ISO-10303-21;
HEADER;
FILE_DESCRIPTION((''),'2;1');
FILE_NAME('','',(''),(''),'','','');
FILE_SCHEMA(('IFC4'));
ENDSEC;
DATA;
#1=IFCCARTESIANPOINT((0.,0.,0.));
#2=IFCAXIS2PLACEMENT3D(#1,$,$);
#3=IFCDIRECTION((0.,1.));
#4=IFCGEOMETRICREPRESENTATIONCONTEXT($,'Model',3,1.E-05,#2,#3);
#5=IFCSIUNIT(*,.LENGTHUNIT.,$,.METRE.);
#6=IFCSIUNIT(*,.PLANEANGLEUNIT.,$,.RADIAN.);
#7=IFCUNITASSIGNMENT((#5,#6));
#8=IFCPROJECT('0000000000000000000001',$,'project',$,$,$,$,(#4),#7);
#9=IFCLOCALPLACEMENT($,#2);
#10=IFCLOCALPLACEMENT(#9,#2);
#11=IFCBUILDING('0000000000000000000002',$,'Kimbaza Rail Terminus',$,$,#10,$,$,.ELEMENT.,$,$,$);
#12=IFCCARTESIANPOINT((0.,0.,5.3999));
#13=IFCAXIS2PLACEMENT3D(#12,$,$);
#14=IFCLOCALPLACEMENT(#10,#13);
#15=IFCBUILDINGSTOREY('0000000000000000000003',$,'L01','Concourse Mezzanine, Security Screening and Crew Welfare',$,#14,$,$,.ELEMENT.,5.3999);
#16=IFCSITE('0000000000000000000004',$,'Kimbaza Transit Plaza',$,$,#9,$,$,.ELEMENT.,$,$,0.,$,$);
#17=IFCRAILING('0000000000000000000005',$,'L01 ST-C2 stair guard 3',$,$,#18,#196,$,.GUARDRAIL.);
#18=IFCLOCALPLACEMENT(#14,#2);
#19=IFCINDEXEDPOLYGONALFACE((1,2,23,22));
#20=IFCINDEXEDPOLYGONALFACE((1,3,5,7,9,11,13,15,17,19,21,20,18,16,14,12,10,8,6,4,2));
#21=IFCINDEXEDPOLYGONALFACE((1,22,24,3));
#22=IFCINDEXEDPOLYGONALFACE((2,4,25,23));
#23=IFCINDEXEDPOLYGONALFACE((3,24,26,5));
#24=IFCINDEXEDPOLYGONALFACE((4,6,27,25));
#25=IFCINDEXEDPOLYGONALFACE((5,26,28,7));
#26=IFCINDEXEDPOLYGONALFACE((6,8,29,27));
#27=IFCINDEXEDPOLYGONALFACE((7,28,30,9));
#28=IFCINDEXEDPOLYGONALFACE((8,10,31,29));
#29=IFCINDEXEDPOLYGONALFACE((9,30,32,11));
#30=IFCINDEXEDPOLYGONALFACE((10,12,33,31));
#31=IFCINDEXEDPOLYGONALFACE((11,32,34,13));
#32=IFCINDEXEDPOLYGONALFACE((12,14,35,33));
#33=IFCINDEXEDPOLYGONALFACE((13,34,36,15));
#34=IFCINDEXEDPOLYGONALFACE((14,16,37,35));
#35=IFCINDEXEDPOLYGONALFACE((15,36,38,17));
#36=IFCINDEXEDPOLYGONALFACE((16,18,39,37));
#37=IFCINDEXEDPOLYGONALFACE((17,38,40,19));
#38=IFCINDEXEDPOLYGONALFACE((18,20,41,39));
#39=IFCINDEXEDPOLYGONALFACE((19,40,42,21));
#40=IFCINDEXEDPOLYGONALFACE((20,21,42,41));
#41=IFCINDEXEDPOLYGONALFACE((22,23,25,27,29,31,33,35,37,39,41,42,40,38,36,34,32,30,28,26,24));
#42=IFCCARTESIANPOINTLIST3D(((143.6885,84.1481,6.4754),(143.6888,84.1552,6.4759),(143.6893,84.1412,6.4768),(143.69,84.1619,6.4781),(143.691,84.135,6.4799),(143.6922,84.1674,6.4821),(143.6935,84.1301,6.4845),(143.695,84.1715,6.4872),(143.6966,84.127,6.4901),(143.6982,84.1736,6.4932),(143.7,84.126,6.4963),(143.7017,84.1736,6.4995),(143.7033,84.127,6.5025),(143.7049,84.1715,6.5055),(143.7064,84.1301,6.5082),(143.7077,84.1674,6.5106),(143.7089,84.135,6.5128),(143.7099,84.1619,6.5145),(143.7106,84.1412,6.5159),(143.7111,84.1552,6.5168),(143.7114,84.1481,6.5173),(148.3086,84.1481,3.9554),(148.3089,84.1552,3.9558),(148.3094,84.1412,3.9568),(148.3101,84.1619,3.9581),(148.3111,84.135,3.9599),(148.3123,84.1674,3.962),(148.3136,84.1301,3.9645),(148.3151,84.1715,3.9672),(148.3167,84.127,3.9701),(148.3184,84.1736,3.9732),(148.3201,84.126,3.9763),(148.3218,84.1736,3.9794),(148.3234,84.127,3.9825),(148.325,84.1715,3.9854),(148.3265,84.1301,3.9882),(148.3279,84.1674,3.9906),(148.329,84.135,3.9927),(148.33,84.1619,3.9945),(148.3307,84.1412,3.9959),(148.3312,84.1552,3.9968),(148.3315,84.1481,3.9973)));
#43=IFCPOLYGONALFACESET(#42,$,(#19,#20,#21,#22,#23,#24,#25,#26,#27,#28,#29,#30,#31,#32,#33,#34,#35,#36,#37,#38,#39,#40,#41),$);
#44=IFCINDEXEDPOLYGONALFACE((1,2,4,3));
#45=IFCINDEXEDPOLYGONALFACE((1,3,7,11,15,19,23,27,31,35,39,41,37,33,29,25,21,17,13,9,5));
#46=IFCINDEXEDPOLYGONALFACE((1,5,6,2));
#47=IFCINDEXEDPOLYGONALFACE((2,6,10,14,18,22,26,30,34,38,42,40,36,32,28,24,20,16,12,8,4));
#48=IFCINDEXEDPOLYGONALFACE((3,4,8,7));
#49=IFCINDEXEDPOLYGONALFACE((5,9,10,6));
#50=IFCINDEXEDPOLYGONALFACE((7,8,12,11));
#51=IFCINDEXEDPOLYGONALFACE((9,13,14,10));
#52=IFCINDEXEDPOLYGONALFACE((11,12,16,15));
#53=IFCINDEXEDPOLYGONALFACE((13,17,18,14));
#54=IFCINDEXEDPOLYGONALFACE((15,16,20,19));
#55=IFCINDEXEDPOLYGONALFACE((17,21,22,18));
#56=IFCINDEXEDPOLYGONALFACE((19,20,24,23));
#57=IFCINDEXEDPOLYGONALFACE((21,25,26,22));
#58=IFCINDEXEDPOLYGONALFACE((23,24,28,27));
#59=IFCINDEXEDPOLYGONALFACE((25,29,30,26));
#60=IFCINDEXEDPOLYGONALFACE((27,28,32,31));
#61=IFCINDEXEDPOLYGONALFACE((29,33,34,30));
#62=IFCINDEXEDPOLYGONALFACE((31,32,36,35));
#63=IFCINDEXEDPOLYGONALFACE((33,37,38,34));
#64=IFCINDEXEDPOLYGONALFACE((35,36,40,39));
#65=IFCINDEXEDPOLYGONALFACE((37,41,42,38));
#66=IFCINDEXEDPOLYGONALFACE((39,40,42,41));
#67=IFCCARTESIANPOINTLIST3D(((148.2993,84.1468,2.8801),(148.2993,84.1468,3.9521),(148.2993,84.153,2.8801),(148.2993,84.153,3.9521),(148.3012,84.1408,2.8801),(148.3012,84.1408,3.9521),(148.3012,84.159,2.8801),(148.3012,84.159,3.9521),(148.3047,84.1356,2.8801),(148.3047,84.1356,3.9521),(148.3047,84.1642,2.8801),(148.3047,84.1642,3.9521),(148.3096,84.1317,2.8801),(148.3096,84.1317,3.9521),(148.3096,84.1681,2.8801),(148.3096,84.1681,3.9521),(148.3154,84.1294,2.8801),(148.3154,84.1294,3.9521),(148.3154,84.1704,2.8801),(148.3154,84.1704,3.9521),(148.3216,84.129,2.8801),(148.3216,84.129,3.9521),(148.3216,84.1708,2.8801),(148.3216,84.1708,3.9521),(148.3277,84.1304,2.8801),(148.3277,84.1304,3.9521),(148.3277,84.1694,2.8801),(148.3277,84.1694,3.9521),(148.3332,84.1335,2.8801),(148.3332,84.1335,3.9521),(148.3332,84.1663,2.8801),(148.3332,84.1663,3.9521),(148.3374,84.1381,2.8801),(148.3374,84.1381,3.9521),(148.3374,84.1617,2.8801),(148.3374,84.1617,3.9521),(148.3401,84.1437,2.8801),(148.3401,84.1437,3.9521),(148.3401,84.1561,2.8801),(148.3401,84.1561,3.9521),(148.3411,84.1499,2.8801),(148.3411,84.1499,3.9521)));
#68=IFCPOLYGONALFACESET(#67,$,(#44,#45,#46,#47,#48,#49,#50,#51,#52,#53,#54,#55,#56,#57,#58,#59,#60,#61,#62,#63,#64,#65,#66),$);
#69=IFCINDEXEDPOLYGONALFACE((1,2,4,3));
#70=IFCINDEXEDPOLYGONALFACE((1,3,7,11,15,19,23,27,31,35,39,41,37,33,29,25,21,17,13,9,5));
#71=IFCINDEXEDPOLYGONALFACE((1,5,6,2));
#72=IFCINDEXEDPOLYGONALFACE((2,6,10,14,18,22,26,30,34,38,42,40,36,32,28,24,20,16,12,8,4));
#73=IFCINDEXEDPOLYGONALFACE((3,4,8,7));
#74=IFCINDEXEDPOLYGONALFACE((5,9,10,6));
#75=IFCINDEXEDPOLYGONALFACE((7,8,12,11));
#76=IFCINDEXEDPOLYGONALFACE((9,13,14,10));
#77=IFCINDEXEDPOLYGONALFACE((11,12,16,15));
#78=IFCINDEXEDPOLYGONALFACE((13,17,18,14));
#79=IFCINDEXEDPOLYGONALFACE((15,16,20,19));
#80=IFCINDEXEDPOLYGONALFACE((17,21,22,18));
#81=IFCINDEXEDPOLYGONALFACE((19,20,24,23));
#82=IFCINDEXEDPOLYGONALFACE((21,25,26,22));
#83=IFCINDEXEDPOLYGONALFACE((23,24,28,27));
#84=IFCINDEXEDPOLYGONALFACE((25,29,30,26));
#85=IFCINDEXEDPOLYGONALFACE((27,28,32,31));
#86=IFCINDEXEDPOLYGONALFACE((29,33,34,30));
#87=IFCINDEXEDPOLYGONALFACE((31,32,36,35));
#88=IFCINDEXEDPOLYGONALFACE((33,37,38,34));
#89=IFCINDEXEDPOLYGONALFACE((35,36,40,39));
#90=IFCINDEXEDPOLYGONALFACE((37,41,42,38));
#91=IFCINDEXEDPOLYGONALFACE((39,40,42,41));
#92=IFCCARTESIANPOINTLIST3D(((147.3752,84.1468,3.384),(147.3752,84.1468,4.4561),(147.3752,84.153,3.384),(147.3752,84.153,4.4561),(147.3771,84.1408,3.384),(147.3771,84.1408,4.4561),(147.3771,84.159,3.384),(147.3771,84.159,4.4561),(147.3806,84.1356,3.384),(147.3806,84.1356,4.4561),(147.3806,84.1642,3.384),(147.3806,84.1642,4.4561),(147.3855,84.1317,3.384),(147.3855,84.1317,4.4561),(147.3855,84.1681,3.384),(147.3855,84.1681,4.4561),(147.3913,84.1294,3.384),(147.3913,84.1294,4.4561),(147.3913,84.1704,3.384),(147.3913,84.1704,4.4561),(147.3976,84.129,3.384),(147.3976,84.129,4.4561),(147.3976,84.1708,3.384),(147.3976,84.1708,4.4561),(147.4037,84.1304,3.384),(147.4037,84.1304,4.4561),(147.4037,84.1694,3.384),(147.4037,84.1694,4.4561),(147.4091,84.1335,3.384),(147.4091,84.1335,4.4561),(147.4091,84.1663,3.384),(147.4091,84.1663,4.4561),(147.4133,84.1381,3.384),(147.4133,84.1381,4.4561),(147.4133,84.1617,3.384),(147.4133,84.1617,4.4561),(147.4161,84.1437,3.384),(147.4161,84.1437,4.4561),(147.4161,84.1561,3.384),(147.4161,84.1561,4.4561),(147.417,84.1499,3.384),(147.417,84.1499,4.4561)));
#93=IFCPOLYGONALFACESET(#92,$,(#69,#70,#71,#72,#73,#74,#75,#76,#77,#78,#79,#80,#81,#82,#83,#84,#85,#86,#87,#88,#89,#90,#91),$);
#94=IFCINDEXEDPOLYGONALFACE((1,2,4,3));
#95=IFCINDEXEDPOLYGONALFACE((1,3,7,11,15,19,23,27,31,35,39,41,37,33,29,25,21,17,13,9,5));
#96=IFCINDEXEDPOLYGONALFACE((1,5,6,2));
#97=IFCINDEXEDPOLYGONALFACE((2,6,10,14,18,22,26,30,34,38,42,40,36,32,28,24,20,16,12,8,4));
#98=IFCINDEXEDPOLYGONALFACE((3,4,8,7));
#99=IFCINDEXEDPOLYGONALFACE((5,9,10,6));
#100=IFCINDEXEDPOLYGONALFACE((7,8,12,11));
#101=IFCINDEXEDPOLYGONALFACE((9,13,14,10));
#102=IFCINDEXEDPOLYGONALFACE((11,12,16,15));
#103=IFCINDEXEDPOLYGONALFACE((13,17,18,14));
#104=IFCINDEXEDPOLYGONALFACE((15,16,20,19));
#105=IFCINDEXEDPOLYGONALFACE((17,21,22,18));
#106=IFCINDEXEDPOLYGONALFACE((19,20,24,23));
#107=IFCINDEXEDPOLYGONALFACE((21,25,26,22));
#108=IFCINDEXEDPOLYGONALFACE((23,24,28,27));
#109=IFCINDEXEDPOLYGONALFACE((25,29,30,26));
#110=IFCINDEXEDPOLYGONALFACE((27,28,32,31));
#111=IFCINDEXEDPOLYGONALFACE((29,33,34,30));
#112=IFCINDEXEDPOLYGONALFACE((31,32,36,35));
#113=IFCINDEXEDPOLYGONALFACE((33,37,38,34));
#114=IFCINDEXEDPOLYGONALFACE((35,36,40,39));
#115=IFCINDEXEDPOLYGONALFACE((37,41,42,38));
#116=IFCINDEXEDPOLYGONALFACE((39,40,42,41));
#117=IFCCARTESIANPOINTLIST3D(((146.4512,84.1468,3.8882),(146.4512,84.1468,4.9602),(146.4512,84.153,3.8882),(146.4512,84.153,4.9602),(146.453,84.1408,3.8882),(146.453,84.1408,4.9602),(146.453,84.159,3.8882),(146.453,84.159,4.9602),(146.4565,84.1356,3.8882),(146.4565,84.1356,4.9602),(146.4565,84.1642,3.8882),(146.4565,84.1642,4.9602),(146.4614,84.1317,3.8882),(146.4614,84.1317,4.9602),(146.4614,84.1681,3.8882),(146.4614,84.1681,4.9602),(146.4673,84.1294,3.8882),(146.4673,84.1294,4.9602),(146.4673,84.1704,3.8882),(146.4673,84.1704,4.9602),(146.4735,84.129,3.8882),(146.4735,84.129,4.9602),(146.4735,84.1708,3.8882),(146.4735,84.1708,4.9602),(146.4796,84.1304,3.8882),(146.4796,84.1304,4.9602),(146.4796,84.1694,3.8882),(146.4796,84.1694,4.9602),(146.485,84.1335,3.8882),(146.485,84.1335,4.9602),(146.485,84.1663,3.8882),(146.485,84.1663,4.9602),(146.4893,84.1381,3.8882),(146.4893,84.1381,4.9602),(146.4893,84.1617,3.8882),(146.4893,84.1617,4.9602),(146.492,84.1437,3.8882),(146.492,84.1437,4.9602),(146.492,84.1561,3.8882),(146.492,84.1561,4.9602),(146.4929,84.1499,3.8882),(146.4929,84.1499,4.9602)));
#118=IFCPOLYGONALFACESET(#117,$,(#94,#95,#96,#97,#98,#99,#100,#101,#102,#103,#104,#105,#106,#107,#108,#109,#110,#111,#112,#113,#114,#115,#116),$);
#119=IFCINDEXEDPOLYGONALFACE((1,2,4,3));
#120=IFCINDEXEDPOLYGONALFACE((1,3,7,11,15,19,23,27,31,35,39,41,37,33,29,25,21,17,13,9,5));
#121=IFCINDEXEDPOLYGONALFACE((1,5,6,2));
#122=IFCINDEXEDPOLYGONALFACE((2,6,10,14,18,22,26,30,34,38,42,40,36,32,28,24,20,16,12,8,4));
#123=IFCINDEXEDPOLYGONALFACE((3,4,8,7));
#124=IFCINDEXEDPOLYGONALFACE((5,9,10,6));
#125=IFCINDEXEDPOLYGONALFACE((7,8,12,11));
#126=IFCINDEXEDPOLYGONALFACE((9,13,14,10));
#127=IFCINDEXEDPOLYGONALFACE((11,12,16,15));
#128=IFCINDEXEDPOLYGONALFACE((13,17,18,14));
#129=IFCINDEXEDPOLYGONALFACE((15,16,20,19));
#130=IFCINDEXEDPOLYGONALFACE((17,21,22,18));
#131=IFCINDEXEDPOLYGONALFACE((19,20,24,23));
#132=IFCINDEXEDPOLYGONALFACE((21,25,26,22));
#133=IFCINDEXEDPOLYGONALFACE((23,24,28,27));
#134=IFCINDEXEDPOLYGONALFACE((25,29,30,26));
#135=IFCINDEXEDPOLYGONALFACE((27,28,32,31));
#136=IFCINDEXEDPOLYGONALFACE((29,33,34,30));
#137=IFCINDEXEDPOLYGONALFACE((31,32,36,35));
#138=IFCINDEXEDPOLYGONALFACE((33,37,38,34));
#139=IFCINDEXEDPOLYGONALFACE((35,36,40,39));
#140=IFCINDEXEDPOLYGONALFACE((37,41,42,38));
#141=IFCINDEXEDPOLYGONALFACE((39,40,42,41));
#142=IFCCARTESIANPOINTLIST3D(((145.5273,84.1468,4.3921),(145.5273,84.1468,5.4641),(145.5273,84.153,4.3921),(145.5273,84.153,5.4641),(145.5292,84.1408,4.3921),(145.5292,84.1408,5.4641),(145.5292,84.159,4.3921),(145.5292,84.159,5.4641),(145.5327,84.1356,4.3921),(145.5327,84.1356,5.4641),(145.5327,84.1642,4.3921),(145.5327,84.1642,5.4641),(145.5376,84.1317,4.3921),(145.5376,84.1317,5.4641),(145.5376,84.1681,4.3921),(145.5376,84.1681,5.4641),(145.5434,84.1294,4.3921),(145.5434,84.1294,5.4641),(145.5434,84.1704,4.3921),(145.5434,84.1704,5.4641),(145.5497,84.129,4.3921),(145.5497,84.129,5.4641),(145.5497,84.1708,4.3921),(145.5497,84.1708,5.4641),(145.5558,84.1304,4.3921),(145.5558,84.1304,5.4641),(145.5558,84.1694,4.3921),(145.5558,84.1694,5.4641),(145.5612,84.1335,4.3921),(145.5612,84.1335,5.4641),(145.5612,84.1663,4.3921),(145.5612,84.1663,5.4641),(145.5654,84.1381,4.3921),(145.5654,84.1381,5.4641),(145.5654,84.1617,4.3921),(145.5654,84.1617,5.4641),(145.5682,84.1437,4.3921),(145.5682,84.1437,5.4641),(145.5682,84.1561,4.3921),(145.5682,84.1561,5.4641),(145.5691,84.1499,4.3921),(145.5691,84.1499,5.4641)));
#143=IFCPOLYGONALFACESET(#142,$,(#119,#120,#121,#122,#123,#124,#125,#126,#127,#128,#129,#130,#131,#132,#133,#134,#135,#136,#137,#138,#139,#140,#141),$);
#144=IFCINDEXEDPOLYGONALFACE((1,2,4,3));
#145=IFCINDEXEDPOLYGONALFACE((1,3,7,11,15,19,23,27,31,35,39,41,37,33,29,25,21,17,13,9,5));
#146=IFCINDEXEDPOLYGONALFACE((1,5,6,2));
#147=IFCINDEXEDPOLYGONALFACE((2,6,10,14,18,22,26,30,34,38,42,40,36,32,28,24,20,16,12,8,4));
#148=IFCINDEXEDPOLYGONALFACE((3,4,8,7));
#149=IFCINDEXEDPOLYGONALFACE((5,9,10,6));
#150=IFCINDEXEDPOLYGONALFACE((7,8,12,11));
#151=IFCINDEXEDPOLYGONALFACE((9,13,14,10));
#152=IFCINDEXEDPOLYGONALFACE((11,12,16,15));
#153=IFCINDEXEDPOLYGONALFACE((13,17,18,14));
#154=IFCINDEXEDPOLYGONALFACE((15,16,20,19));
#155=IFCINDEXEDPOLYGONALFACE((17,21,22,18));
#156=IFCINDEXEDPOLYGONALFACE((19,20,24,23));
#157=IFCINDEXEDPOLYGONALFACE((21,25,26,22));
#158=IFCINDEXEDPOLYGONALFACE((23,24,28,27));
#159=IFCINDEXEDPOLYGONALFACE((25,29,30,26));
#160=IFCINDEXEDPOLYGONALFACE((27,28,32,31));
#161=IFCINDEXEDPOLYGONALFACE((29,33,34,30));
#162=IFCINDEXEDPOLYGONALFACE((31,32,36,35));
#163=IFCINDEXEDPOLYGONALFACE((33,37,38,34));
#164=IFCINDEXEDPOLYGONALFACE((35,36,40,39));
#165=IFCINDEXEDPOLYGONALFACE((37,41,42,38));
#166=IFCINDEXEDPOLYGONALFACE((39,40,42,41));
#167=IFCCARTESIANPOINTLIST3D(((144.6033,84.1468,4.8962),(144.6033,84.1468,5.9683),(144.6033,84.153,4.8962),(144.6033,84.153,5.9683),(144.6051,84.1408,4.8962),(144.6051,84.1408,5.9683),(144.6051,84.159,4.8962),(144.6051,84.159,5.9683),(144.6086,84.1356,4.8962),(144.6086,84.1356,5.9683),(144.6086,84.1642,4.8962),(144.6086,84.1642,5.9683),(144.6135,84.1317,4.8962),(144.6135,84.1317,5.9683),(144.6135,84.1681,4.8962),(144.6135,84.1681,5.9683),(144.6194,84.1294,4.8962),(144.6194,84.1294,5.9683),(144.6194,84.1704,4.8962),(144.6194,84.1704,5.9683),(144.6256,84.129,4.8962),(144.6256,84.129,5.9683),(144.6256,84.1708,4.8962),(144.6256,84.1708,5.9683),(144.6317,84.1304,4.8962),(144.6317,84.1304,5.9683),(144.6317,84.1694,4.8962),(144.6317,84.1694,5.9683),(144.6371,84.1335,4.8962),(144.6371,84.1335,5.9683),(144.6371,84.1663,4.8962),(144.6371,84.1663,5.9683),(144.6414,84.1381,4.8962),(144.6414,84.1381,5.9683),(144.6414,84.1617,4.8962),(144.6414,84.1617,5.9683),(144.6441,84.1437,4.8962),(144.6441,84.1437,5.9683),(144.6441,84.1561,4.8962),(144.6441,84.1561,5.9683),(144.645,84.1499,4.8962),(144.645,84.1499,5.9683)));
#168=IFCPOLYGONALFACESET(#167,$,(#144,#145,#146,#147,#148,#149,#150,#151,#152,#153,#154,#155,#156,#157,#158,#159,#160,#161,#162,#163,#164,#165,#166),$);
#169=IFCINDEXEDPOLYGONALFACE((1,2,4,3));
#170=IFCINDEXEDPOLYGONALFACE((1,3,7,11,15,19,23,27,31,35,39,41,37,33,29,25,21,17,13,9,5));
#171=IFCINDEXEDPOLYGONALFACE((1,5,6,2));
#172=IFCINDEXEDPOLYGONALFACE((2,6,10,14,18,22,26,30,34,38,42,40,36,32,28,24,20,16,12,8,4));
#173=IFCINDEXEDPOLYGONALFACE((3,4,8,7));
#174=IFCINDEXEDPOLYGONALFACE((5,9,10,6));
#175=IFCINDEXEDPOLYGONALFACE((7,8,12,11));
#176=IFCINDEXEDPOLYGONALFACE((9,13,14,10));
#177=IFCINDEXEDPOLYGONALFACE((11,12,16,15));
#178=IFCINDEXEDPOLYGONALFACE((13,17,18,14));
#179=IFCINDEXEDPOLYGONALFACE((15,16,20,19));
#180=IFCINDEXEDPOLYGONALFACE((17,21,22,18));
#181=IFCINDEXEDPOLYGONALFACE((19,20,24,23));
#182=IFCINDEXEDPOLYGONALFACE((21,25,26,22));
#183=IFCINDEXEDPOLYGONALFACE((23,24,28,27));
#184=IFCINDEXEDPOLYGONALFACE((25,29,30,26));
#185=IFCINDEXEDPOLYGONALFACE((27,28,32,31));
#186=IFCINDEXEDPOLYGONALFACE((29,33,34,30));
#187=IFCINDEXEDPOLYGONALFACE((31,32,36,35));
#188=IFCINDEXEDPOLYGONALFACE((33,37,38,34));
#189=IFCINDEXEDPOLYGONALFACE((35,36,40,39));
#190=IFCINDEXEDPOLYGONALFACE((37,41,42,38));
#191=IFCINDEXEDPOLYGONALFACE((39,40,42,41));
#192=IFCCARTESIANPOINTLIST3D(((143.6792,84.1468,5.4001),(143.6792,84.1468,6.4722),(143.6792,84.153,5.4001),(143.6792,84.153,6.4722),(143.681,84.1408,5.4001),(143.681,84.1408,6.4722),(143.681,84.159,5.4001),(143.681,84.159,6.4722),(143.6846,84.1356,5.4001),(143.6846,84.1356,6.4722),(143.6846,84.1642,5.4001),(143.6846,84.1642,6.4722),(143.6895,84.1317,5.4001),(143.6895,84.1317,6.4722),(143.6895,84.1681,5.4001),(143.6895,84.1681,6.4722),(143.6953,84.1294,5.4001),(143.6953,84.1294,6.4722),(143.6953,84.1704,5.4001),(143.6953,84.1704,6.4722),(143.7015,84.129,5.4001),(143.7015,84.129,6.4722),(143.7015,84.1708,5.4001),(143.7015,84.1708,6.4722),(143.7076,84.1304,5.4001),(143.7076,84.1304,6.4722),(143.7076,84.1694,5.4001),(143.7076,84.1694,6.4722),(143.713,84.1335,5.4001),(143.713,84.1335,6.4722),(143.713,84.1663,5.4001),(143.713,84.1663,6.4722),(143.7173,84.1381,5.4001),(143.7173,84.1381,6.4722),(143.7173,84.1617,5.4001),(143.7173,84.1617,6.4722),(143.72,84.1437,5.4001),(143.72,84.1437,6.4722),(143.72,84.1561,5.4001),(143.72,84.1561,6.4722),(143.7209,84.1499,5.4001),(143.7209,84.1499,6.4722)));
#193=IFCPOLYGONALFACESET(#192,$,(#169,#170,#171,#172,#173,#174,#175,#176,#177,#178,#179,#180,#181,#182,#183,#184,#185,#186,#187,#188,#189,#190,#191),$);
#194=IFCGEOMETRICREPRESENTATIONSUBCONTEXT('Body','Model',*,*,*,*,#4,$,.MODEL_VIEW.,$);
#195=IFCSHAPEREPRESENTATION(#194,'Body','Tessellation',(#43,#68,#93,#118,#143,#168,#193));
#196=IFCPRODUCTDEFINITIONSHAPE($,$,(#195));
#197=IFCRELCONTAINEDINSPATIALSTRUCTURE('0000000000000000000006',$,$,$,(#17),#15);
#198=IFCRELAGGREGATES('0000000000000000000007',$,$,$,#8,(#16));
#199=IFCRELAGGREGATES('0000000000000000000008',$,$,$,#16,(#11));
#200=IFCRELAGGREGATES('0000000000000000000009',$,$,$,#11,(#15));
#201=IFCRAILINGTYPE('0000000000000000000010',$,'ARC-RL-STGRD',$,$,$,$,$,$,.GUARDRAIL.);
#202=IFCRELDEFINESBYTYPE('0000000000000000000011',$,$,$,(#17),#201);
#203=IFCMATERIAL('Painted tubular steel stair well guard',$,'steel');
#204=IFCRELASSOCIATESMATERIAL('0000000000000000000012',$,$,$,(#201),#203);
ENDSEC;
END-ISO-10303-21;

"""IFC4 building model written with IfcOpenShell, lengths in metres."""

from ifc_helpers import new_model, si_unit, direction, frame, origin, origin_2d, place, context, subcontext, project, spatial, circle, extrude, material, type_object, element, save


model = new_model("IFC4")

# Units and contexts
model_context = context("Model", 3, precision=1e-05, world=origin(), true_north=direction((0.0, 1.0)))
body_context = subcontext(model_context, "Body", "Model", "MODEL_VIEW")
ifc_project = project(units=[si_unit("LENGTHUNIT", "METRE"), si_unit("PLANEANGLEUNIT", "RADIAN")], contexts=[model_context])

# Site, building, storey
site_placement = place(None, origin())
site = spatial("IfcSite", under=ifc_project, at=site_placement, Name="Kimbaza Transit Plaza", CompositionType="ELEMENT", RefElevation=0.0)
building_placement = place(site_placement, origin())
building = spatial("IfcBuilding", under=site, at=building_placement, Name="Kimbaza Rail Terminus", CompositionType="ELEMENT")
storey_placement = place(building_placement, frame((0.0, 0.0, 5.3999)))
storey = spatial("IfcBuildingStorey", under=building, at=storey_placement, Name="L01", Description="Concourse Mezzanine, Security Screening and Crew Welfare", CompositionType="ELEMENT", Elevation=5.3999)

# Railing
ifc_material_1 = material(Name="Painted tubular steel stair well guard", Category="steel")
railing_type_1 = type_object("IfcRailingType", Name="ARC-RL-STGRD", PredefinedType="GUARDRAIL", material=ifc_material_1)
railing_1_placement = place(storey_placement, frame((148.3201, 84.1499, 2.8801)))
element("IfcRailing", 1, at=railing_1_placement, inside=storey, type_object=railing_type_1, Name="L01 ST-C2 stair guard 3", PredefinedType="GUARDRAIL", context=body_context, shape_type="SweptSolid", body=[
    extrude(circle(Radius=0.0239, at=origin_2d()), frame((0.0, 0.0, 1.0962), z_axis=(-0.877899, 0.0, 0.478846), x_axis=(0.0, -1.0, 0.0)), (0.0, 0.0, 1.0), 5.2627),
    extrude(circle(Radius=0.021, at=origin_2d()), origin(), (0.0, 0.0, 1.0), 1.072),
    extrude(circle(Radius=0.021, at=origin_2d()), frame((-0.9241, 0.0, 0.5039)), (0.0, 0.0, 1.0), 1.072),
    extrude(circle(Radius=0.021, at=origin_2d()), frame((-1.8481, 0.0, 1.0081)), (0.0, 0.0, 1.0), 1.072),
    extrude(circle(Radius=0.021, at=origin_2d()), frame((-2.772, 0.0, 1.512)), (0.0, 0.0, 1.0), 1.072),
    extrude(circle(Radius=0.021, at=origin_2d()), frame((-3.696, 0.0, 2.0161)), (0.0, 0.0, 1.0), 1.072),
    extrude(circle(Radius=0.021, at=origin_2d()), frame((-4.6201, 0.0, 2.52)), (0.0, 0.0, 1.0), 1.072),
])

save(model, "model.ifc")
